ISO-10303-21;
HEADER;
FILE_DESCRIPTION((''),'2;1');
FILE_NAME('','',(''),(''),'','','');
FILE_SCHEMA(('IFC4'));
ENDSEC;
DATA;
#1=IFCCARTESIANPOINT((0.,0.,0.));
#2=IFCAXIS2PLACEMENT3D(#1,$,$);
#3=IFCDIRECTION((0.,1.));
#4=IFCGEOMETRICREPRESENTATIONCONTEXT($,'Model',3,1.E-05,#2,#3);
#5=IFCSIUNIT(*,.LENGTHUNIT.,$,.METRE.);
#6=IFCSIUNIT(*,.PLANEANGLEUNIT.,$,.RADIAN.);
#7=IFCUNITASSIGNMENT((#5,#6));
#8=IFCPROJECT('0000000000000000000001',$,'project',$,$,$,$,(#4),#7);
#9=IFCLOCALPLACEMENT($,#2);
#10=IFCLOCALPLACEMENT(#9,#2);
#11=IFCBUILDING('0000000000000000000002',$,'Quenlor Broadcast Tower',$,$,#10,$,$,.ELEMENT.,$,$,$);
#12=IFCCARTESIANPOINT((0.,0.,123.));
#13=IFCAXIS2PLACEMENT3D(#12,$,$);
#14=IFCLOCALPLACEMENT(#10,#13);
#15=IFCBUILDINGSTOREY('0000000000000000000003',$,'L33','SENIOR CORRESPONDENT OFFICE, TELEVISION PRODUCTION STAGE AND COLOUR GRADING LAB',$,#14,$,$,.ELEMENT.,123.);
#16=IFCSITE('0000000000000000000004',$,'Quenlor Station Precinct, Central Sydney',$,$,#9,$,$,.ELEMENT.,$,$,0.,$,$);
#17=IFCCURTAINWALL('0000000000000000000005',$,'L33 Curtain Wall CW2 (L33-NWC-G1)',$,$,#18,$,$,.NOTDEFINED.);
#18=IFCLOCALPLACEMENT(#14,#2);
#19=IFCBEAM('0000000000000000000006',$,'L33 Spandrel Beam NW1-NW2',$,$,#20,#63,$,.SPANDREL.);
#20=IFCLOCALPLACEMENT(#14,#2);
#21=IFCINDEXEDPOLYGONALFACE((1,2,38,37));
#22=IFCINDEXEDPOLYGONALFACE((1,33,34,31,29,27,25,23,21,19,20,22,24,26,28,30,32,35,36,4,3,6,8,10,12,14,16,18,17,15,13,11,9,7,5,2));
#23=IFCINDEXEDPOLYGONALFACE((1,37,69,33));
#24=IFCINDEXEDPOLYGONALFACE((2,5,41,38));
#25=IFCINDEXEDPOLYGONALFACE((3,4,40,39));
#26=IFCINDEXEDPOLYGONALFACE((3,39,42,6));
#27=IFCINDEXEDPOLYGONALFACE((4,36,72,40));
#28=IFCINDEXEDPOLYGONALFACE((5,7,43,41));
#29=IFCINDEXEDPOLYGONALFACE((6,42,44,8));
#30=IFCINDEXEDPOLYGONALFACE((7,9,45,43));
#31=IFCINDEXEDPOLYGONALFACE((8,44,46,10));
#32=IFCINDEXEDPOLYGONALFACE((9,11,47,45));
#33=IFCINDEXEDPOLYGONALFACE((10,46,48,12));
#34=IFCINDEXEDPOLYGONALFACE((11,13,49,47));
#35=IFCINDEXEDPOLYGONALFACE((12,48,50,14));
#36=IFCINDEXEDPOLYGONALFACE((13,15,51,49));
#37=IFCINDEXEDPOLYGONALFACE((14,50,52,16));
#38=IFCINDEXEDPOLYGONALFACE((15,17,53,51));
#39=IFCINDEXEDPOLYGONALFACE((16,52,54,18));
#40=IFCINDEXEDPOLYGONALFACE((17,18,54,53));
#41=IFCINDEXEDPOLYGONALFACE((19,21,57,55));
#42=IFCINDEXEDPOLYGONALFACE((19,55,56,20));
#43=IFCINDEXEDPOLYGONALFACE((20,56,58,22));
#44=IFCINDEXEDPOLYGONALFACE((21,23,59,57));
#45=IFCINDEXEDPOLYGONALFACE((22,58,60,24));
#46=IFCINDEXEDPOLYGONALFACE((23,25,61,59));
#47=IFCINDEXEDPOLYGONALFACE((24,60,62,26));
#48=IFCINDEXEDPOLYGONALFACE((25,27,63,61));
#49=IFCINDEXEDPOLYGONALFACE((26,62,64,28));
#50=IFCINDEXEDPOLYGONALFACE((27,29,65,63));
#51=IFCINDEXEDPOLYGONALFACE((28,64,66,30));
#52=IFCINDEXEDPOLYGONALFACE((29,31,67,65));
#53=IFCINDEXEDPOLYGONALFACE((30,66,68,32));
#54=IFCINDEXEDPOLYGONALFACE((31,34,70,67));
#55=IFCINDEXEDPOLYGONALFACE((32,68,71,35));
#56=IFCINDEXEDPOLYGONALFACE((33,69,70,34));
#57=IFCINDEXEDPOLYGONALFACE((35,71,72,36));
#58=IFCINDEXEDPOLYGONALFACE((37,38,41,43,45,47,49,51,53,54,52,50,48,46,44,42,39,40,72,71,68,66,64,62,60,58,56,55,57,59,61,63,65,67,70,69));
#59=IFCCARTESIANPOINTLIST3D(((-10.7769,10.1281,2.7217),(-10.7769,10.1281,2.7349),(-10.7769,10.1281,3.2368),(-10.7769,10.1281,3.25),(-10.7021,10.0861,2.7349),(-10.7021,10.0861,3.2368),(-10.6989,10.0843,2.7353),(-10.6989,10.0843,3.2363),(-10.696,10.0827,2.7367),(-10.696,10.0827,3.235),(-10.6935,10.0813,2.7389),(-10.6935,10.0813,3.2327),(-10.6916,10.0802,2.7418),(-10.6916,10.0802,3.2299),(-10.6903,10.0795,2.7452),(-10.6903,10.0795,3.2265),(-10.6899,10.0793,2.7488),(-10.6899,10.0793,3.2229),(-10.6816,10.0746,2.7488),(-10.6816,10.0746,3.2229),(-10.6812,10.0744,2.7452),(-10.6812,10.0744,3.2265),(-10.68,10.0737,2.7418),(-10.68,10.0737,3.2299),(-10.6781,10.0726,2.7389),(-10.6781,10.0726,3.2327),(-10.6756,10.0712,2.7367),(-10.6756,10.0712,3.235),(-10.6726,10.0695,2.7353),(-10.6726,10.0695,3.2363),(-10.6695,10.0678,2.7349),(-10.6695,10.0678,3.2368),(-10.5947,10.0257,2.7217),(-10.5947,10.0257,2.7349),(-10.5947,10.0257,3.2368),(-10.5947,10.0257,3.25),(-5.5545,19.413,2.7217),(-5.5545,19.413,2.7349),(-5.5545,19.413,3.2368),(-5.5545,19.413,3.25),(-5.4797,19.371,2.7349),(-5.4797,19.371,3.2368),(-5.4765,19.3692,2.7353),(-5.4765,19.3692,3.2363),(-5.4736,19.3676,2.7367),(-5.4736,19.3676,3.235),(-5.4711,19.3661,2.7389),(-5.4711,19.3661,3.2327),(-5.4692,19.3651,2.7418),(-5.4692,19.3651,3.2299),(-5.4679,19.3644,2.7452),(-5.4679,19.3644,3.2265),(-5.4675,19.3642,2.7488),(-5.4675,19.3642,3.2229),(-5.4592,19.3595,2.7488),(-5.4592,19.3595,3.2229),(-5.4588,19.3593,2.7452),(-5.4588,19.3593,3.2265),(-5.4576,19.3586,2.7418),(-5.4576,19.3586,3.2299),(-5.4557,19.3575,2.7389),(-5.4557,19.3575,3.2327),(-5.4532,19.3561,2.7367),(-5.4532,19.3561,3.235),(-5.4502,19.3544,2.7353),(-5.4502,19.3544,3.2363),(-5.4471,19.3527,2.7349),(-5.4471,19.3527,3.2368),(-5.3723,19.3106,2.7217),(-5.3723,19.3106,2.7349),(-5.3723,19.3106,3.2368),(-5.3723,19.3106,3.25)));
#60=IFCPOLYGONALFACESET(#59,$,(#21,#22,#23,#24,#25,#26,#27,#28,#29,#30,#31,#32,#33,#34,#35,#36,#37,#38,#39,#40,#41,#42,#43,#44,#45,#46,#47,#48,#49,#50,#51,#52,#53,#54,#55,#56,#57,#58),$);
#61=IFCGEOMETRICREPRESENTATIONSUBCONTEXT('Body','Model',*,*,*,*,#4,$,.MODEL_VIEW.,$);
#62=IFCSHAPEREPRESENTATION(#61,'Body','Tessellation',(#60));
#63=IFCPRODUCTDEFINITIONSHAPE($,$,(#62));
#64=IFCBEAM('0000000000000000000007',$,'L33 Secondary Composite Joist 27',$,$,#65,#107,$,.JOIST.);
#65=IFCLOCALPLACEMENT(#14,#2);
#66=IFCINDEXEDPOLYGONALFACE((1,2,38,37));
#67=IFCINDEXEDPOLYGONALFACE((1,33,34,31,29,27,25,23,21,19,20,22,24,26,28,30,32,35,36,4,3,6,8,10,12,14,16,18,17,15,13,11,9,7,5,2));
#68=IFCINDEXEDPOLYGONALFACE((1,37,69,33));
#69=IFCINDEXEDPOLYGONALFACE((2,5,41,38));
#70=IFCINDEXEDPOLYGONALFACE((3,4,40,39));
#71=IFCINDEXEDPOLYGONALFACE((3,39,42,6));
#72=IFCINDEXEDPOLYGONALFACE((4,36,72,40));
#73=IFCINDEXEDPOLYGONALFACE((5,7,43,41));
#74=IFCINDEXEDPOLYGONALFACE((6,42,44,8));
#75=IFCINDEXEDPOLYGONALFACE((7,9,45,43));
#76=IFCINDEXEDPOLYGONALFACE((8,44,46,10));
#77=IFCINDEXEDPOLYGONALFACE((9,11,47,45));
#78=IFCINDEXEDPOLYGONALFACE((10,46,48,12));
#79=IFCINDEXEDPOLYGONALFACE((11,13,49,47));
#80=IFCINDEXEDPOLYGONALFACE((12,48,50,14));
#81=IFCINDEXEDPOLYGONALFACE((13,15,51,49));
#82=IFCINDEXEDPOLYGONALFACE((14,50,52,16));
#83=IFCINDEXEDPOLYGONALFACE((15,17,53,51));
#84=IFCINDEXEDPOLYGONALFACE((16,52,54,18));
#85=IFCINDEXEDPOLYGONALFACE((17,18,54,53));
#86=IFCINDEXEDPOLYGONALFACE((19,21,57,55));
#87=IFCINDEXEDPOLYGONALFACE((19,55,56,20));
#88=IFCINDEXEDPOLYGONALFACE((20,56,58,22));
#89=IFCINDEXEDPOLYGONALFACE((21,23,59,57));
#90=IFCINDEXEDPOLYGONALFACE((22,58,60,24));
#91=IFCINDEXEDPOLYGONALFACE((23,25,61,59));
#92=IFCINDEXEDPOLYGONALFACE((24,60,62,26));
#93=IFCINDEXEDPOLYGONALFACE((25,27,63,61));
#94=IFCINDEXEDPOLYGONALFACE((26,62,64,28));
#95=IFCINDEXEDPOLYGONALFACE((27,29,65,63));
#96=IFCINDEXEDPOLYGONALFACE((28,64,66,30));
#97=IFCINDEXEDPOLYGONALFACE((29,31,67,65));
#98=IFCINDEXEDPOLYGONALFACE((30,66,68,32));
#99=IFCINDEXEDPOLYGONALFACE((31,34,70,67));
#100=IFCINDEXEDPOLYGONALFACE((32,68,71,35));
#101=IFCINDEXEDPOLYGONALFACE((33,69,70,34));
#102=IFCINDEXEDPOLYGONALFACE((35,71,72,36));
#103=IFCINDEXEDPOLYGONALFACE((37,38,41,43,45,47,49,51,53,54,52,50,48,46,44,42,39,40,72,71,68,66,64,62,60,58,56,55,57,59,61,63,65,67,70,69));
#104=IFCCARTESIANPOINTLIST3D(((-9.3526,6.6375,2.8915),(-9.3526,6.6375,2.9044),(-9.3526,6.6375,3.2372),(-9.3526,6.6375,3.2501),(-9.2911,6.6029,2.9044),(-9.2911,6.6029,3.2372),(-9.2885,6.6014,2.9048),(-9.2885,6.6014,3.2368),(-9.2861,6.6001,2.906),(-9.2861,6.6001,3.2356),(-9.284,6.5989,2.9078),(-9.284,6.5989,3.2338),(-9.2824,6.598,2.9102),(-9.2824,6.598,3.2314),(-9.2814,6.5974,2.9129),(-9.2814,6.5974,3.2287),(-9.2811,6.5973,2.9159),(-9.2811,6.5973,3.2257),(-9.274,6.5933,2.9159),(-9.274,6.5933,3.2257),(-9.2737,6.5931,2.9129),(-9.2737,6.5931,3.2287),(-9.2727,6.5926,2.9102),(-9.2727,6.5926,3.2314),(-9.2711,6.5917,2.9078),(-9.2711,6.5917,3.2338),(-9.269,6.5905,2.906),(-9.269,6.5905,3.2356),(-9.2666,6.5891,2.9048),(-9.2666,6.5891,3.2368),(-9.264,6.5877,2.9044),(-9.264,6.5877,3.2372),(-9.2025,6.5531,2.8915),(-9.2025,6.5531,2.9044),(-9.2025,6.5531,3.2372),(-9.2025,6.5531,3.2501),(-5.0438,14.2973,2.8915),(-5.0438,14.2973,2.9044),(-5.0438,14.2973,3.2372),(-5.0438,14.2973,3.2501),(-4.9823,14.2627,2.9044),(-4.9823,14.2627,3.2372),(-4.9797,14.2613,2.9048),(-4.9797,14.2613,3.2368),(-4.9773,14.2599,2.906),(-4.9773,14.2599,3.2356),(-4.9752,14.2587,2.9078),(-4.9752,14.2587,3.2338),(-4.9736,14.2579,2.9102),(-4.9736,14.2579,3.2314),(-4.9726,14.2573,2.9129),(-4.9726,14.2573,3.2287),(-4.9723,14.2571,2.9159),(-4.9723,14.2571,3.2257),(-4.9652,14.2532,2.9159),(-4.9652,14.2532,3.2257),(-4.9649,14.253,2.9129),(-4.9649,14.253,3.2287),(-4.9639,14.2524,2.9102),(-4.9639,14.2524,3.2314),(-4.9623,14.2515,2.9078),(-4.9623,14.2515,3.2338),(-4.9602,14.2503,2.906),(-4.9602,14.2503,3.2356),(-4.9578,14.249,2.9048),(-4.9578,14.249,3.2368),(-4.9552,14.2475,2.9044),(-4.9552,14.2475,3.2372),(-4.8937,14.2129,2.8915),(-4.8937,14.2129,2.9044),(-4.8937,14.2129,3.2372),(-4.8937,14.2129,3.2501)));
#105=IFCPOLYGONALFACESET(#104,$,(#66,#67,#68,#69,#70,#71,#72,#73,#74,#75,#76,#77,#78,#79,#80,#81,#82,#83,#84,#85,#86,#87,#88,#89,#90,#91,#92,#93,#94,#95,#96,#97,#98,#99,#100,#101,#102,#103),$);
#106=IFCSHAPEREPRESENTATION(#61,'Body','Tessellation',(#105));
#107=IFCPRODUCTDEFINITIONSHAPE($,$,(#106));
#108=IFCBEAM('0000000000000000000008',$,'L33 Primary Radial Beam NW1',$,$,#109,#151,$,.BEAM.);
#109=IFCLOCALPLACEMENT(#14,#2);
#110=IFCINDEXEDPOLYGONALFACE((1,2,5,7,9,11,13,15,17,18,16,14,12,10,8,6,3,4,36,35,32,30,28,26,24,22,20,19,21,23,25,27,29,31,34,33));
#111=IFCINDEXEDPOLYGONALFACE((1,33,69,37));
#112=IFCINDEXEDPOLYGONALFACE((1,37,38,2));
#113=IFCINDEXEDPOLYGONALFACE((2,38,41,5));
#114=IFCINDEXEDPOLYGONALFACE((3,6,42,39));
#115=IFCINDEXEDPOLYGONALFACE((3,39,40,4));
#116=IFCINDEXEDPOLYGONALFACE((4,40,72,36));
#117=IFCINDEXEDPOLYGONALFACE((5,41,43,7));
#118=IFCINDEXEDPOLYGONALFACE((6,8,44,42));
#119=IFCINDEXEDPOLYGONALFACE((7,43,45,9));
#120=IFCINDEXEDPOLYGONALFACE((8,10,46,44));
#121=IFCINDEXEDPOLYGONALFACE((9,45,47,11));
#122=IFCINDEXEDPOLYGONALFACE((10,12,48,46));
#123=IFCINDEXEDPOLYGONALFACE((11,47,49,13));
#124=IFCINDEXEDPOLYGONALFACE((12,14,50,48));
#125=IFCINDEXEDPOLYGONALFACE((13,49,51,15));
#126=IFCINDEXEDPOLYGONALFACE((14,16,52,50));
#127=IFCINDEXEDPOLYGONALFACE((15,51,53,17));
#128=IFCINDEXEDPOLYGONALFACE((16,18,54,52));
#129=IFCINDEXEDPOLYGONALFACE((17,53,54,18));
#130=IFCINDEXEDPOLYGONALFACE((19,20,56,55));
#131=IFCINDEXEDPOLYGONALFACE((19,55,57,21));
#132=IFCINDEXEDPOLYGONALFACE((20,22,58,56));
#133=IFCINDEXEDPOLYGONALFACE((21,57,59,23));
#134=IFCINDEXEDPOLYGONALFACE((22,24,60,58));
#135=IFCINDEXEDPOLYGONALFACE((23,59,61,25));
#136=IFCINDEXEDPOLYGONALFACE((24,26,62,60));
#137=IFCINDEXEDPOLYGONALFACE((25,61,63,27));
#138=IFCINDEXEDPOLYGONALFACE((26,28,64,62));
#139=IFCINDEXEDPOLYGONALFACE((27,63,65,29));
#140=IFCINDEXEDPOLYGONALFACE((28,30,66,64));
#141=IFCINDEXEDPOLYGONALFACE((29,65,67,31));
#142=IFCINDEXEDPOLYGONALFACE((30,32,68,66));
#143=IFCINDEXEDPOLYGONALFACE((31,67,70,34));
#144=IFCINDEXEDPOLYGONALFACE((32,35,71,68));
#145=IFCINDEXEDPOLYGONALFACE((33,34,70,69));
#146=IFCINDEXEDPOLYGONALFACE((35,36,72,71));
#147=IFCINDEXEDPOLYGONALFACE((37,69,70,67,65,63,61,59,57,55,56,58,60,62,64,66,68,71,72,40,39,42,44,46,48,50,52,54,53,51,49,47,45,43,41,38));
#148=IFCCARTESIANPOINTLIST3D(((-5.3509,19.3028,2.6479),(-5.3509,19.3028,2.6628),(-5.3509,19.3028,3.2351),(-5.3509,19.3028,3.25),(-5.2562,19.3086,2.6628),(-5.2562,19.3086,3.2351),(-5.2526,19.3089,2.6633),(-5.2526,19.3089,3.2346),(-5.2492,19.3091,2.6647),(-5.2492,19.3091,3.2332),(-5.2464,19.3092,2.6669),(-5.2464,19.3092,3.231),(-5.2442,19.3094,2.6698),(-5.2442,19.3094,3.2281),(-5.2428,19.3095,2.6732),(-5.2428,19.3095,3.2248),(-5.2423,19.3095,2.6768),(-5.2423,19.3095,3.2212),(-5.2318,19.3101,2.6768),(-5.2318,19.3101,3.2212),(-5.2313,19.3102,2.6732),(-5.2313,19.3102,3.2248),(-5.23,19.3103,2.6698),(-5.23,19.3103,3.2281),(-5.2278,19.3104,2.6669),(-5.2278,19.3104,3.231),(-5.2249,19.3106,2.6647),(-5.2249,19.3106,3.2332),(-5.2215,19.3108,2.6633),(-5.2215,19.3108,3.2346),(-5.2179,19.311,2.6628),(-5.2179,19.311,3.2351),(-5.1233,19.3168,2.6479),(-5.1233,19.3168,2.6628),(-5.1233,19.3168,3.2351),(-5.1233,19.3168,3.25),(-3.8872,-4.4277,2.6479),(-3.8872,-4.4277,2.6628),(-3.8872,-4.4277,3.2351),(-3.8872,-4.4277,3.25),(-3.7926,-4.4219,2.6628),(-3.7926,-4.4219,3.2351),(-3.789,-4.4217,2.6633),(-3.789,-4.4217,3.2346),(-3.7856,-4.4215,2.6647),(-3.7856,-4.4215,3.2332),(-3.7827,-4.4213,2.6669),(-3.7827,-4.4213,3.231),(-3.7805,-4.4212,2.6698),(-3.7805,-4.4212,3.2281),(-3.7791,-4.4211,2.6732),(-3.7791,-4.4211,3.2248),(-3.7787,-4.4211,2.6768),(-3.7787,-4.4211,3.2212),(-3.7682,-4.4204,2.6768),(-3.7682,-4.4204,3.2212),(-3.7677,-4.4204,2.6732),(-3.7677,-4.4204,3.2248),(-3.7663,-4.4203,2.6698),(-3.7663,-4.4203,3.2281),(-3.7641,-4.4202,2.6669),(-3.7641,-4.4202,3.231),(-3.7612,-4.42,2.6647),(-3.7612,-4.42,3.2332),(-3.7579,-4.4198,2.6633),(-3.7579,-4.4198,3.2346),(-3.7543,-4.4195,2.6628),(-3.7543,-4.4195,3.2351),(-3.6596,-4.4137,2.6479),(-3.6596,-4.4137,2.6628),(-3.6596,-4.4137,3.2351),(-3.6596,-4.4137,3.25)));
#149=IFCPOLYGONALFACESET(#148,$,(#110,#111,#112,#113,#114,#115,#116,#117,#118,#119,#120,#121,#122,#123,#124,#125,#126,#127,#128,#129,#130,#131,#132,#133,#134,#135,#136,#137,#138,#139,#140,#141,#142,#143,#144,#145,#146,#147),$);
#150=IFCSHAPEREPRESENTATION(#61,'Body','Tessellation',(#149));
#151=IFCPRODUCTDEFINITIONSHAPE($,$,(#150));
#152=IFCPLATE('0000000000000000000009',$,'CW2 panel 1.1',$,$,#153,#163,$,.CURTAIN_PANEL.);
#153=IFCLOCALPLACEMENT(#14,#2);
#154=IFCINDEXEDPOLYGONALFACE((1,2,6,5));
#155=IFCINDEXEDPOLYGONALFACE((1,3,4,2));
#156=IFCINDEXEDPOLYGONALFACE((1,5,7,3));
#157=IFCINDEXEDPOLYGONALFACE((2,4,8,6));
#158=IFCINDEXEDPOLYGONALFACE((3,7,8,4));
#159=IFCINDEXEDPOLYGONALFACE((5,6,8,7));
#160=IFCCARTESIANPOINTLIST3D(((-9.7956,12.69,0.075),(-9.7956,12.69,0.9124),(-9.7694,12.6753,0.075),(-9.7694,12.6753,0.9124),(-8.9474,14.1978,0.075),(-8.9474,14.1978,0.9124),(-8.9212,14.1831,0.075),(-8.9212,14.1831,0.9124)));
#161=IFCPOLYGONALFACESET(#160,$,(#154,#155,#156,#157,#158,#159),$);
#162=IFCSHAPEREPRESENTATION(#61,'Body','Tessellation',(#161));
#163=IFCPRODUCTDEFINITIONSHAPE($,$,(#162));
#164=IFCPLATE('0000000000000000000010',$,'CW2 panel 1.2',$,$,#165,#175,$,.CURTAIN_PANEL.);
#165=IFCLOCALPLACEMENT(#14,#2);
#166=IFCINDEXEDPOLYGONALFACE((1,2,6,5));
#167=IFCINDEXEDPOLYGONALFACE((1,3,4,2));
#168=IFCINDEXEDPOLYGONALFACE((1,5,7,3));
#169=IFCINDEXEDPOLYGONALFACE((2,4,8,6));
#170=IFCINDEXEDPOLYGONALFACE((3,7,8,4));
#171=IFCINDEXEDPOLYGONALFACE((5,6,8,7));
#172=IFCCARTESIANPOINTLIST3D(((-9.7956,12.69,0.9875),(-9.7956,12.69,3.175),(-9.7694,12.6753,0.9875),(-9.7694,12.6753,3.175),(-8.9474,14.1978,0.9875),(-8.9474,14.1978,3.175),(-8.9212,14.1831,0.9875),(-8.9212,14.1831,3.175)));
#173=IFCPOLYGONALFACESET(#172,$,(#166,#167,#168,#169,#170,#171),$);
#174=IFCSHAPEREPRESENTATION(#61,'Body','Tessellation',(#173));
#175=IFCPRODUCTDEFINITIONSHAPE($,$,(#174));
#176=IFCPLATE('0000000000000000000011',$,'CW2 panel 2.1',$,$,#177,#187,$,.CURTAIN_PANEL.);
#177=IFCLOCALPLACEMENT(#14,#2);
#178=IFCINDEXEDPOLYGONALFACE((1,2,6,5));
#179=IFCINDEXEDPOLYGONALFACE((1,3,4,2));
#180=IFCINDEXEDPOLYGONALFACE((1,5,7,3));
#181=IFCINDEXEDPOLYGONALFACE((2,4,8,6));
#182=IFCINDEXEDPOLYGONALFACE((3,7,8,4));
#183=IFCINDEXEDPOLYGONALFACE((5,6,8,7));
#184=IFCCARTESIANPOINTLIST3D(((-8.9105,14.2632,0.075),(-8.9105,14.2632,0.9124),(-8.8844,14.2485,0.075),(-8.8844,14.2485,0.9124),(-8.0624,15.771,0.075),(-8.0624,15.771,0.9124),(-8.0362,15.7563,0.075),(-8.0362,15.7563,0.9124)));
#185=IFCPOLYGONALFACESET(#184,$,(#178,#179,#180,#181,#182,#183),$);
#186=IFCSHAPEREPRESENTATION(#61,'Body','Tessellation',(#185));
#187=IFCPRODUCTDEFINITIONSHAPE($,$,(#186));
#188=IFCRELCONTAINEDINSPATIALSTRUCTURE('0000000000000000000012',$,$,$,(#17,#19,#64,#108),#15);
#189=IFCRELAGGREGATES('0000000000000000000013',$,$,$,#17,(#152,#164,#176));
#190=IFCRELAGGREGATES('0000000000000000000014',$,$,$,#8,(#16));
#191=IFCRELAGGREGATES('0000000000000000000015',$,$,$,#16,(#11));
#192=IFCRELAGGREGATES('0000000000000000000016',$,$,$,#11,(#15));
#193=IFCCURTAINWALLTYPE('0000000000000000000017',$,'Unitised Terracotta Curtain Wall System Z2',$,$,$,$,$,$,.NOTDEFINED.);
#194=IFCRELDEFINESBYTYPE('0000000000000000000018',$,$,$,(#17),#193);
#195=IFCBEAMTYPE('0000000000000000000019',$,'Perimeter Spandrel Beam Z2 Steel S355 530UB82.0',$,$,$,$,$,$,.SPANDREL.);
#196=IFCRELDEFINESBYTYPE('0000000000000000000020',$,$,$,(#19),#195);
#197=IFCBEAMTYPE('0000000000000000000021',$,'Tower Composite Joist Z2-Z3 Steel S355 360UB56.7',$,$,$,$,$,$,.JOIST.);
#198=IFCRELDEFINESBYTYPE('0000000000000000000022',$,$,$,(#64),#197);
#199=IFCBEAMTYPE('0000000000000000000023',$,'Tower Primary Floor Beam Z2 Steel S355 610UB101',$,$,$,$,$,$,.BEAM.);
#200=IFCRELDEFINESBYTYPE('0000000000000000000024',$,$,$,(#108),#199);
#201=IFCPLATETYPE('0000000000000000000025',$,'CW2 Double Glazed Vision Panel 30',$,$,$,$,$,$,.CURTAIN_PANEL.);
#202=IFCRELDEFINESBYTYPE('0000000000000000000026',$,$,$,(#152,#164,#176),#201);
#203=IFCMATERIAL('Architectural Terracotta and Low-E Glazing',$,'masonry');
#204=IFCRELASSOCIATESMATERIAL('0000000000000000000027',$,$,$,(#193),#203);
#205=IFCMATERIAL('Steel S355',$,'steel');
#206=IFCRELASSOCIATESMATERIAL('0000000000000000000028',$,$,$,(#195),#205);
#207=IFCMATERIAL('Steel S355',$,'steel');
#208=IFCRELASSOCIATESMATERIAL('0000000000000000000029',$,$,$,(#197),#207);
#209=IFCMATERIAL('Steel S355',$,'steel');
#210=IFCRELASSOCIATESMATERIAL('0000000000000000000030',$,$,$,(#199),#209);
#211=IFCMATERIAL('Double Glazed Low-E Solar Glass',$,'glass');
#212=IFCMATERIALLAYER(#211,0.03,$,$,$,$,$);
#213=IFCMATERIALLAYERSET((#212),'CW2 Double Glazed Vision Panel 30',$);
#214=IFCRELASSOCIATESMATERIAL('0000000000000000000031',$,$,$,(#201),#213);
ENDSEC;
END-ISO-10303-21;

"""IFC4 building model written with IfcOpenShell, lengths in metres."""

from ifc_helpers import new_model, si_unit, direction, frame, origin, origin_2d, place, context, subcontext, project, spatial, rectangle, i_section, extrude, material, layer, layer_set, material_profile, profile_set, type_object, element, aggregate, save


model = new_model("IFC4")

# Units and contexts
model_context = context("Model", 3, precision=1e-05, world=origin(), true_north=direction((0.0, 1.0)))
body_context = subcontext(model_context, "Body", "Model", "MODEL_VIEW")
ifc_project = project(units=[si_unit("LENGTHUNIT", "METRE"), si_unit("PLANEANGLEUNIT", "RADIAN")], contexts=[model_context])

# Site, building, storey
site_placement = place(None, origin())
site = spatial("IfcSite", under=ifc_project, at=site_placement, Name="Quenlor Station Precinct, Central Sydney", CompositionType="ELEMENT", RefElevation=0.0)
building_placement = place(site_placement, origin())
building = spatial("IfcBuilding", under=site, at=building_placement, Name="Quenlor Broadcast Tower", CompositionType="ELEMENT")
storey_placement = place(building_placement, frame((0.0, 0.0, 123.0)))
storey = spatial("IfcBuildingStorey", under=building, at=storey_placement, Name="L33", Description="SENIOR CORRESPONDENT OFFICE, TELEVISION PRODUCTION STAGE AND COLOUR GRADING LAB", CompositionType="ELEMENT", Elevation=123.0)

# Curtain wall
ifc_material_1 = material(Name="Architectural Terracotta and Low-E Glazing", Category="masonry")
curtain_wall_type = type_object("IfcCurtainWallType", Name="Unitised Terracotta Curtain Wall System Z2", PredefinedType="NOTDEFINED", material=ifc_material_1)
curtain_wall_placement = place(storey_placement, origin())
curtain_wall = element("IfcCurtainWall", 1, at=curtain_wall_placement, inside=storey, type_object=curtain_wall_type, Name="L33 Curtain Wall CW2 (L33-NWC-G1)", PredefinedType="NOTDEFINED")

# Beams
ifc_material_2 = material(Name="Steel S355", Category="steel")
ifc_material_profile_1 = material_profile(ifc_material_2, i_section(OverallWidth=0.209, OverallDepth=0.5283, WebThickness=0.0095, FlangeThickness=0.0132, FilletRadius=0.0139, at=origin_2d()))
ifc_profile_set_1 = profile_set([ifc_material_profile_1], Name="Steel S355 530UB82.0")
beam_type_1 = type_object("IfcBeamType", Name="Perimeter Spandrel Beam Z2 Steel S355 530UB82.0", PredefinedType="SPANDREL", material=ifc_profile_set_1)
beam_1_placement = place(storey_placement, frame((-5.4634, 19.3618, 2.9858), z_axis=(-0.490236, -0.87159, 0.0), x_axis=(0.87159, -0.490236, 0.0)))
element("IfcBeam", 2, at=beam_1_placement, inside=storey, type_object=beam_type_1, Name="L33 Spandrel Beam NW1-NW2", PredefinedType="SPANDREL", context=body_context, shape_type="SweptSolid", body=[
    extrude(i_section(OverallWidth=0.209, OverallDepth=0.5283, WebThickness=0.0095, FlangeThickness=0.0132, FilletRadius=0.0139, at=origin_2d()), origin(), (0.0, 0.0, 1.0), 10.6528),
])
ifc_material_3 = material(Name="Steel S355", Category="steel")
ifc_material_profile_2 = material_profile(ifc_material_3, i_section(OverallWidth=0.1721, OverallDepth=0.3586, WebThickness=0.0081, FlangeThickness=0.0129, FilletRadius=0.0115, at=origin_2d()))
ifc_profile_set_2 = profile_set([ifc_material_profile_2], Name="Steel S355 360UB56.7")
beam_type_2 = type_object("IfcBeamType", Name="Tower Composite Joist Z2-Z3 Steel S355 360UB56.7", PredefinedType="JOIST", material=ifc_profile_set_2)
beam_2_placement = place(storey_placement, frame((-4.9688, 14.2551, 3.0708), z_axis=(-0.490273, -0.871569, 0.0), x_axis=(0.871569, -0.490273, 0.0)))
element("IfcBeam", 3, at=beam_2_placement, inside=storey, type_object=beam_type_2, Name="L33 Secondary Composite Joist 27", PredefinedType="JOIST", context=body_context, shape_type="SweptSolid", body=[
    extrude(i_section(OverallWidth=0.1721, OverallDepth=0.3586, WebThickness=0.0081, FlangeThickness=0.0129, FilletRadius=0.0115, at=origin_2d()), origin(), (0.0, 0.0, 1.0), 8.7886),
])
ifc_material_4 = material(Name="Steel S355", Category="steel")
ifc_material_profile_3 = material_profile(ifc_material_4, i_section(OverallWidth=0.228, OverallDepth=0.6021, WebThickness=0.0105, FlangeThickness=0.0149, FilletRadius=0.0139, at=origin_2d()))
ifc_profile_set_3 = profile_set([ifc_material_profile_3], Name="Steel S355 610UB101")
beam_type_3 = type_object("IfcBeamType", Name="Tower Primary Floor Beam Z2 Steel S355 610UB101", PredefinedType="BEAM", material=ifc_profile_set_3)
beam_3_placement = place(storey_placement, frame((-5.2371, 19.3098, 2.949), z_axis=(0.06156, -0.998103, 0.0), x_axis=(0.998103, 0.06156, 0.0)))
element("IfcBeam", 4, at=beam_3_placement, inside=storey, type_object=beam_type_3, Name="L33 Primary Radial Beam NW1", PredefinedType="BEAM", context=body_context, shape_type="SweptSolid", body=[
    extrude(i_section(OverallWidth=0.228, OverallDepth=0.6021, WebThickness=0.0105, FlangeThickness=0.0149, FilletRadius=0.0139, at=origin_2d()), origin(), (0.0, 0.0, 1.0), 23.7756),
])

# Plates
ifc_material_5 = material(Name="Double Glazed Low-E Solar Glass", Category="glass")
ifc_layer_1 = layer(ifc_material_5, 0.03)
ifc_layer_set_1 = layer_set([ifc_layer_1], Name="CW2 Double Glazed Vision Panel 30")
plate_type_1 = type_object("IfcPlateType", Name="CW2 Double Glazed Vision Panel 30", PredefinedType="CURTAIN_PANEL", material=ifc_layer_set_1)
plate_1_placement = place(storey_placement, frame((-9.3584, 13.4365, 0.075), z_axis=(0.0, 0.0, 1.0), x_axis=(0.490265, 0.871573, 0.0)))
plate_1 = element("IfcPlate", 5, at=plate_1_placement, type_object=plate_type_1, Name="CW2 panel 1.1", PredefinedType="CURTAIN_PANEL", context=body_context, shape_type="SweptSolid", body=[
    extrude(rectangle(XDim=1.73, YDim=0.03, at=origin_2d()), origin(), (0.0, 0.0, 1.0), 0.8374),
])
plate_2_placement = place(storey_placement, frame((-9.3584, 13.4365, 0.9875), z_axis=(0.0, 0.0, 1.0), x_axis=(0.490265, 0.871573, 0.0)))
plate_2 = element("IfcPlate", 6, at=plate_2_placement, type_object=plate_type_1, Name="CW2 panel 1.2", PredefinedType="CURTAIN_PANEL", context=body_context, shape_type="SweptSolid", body=[
    extrude(rectangle(XDim=1.73, YDim=0.03, at=origin_2d()), origin(), (0.0, 0.0, 1.0), 2.1875),
])
plate_3_placement = place(storey_placement, frame((-8.4734, 15.0098, 0.075), z_axis=(0.0, 0.0, 1.0), x_axis=(0.490265, 0.871573, 0.0)))
plate_3 = element("IfcPlate", 7, at=plate_3_placement, type_object=plate_type_1, Name="CW2 panel 2.1", PredefinedType="CURTAIN_PANEL", context=body_context, shape_type="SweptSolid", body=[
    extrude(rectangle(XDim=1.73, YDim=0.03, at=origin_2d()), origin(), (0.0, 0.0, 1.0), 0.8374),
])
aggregate(curtain_wall, [plate_1, plate_2, plate_3])

save(model, "model.ifc")
